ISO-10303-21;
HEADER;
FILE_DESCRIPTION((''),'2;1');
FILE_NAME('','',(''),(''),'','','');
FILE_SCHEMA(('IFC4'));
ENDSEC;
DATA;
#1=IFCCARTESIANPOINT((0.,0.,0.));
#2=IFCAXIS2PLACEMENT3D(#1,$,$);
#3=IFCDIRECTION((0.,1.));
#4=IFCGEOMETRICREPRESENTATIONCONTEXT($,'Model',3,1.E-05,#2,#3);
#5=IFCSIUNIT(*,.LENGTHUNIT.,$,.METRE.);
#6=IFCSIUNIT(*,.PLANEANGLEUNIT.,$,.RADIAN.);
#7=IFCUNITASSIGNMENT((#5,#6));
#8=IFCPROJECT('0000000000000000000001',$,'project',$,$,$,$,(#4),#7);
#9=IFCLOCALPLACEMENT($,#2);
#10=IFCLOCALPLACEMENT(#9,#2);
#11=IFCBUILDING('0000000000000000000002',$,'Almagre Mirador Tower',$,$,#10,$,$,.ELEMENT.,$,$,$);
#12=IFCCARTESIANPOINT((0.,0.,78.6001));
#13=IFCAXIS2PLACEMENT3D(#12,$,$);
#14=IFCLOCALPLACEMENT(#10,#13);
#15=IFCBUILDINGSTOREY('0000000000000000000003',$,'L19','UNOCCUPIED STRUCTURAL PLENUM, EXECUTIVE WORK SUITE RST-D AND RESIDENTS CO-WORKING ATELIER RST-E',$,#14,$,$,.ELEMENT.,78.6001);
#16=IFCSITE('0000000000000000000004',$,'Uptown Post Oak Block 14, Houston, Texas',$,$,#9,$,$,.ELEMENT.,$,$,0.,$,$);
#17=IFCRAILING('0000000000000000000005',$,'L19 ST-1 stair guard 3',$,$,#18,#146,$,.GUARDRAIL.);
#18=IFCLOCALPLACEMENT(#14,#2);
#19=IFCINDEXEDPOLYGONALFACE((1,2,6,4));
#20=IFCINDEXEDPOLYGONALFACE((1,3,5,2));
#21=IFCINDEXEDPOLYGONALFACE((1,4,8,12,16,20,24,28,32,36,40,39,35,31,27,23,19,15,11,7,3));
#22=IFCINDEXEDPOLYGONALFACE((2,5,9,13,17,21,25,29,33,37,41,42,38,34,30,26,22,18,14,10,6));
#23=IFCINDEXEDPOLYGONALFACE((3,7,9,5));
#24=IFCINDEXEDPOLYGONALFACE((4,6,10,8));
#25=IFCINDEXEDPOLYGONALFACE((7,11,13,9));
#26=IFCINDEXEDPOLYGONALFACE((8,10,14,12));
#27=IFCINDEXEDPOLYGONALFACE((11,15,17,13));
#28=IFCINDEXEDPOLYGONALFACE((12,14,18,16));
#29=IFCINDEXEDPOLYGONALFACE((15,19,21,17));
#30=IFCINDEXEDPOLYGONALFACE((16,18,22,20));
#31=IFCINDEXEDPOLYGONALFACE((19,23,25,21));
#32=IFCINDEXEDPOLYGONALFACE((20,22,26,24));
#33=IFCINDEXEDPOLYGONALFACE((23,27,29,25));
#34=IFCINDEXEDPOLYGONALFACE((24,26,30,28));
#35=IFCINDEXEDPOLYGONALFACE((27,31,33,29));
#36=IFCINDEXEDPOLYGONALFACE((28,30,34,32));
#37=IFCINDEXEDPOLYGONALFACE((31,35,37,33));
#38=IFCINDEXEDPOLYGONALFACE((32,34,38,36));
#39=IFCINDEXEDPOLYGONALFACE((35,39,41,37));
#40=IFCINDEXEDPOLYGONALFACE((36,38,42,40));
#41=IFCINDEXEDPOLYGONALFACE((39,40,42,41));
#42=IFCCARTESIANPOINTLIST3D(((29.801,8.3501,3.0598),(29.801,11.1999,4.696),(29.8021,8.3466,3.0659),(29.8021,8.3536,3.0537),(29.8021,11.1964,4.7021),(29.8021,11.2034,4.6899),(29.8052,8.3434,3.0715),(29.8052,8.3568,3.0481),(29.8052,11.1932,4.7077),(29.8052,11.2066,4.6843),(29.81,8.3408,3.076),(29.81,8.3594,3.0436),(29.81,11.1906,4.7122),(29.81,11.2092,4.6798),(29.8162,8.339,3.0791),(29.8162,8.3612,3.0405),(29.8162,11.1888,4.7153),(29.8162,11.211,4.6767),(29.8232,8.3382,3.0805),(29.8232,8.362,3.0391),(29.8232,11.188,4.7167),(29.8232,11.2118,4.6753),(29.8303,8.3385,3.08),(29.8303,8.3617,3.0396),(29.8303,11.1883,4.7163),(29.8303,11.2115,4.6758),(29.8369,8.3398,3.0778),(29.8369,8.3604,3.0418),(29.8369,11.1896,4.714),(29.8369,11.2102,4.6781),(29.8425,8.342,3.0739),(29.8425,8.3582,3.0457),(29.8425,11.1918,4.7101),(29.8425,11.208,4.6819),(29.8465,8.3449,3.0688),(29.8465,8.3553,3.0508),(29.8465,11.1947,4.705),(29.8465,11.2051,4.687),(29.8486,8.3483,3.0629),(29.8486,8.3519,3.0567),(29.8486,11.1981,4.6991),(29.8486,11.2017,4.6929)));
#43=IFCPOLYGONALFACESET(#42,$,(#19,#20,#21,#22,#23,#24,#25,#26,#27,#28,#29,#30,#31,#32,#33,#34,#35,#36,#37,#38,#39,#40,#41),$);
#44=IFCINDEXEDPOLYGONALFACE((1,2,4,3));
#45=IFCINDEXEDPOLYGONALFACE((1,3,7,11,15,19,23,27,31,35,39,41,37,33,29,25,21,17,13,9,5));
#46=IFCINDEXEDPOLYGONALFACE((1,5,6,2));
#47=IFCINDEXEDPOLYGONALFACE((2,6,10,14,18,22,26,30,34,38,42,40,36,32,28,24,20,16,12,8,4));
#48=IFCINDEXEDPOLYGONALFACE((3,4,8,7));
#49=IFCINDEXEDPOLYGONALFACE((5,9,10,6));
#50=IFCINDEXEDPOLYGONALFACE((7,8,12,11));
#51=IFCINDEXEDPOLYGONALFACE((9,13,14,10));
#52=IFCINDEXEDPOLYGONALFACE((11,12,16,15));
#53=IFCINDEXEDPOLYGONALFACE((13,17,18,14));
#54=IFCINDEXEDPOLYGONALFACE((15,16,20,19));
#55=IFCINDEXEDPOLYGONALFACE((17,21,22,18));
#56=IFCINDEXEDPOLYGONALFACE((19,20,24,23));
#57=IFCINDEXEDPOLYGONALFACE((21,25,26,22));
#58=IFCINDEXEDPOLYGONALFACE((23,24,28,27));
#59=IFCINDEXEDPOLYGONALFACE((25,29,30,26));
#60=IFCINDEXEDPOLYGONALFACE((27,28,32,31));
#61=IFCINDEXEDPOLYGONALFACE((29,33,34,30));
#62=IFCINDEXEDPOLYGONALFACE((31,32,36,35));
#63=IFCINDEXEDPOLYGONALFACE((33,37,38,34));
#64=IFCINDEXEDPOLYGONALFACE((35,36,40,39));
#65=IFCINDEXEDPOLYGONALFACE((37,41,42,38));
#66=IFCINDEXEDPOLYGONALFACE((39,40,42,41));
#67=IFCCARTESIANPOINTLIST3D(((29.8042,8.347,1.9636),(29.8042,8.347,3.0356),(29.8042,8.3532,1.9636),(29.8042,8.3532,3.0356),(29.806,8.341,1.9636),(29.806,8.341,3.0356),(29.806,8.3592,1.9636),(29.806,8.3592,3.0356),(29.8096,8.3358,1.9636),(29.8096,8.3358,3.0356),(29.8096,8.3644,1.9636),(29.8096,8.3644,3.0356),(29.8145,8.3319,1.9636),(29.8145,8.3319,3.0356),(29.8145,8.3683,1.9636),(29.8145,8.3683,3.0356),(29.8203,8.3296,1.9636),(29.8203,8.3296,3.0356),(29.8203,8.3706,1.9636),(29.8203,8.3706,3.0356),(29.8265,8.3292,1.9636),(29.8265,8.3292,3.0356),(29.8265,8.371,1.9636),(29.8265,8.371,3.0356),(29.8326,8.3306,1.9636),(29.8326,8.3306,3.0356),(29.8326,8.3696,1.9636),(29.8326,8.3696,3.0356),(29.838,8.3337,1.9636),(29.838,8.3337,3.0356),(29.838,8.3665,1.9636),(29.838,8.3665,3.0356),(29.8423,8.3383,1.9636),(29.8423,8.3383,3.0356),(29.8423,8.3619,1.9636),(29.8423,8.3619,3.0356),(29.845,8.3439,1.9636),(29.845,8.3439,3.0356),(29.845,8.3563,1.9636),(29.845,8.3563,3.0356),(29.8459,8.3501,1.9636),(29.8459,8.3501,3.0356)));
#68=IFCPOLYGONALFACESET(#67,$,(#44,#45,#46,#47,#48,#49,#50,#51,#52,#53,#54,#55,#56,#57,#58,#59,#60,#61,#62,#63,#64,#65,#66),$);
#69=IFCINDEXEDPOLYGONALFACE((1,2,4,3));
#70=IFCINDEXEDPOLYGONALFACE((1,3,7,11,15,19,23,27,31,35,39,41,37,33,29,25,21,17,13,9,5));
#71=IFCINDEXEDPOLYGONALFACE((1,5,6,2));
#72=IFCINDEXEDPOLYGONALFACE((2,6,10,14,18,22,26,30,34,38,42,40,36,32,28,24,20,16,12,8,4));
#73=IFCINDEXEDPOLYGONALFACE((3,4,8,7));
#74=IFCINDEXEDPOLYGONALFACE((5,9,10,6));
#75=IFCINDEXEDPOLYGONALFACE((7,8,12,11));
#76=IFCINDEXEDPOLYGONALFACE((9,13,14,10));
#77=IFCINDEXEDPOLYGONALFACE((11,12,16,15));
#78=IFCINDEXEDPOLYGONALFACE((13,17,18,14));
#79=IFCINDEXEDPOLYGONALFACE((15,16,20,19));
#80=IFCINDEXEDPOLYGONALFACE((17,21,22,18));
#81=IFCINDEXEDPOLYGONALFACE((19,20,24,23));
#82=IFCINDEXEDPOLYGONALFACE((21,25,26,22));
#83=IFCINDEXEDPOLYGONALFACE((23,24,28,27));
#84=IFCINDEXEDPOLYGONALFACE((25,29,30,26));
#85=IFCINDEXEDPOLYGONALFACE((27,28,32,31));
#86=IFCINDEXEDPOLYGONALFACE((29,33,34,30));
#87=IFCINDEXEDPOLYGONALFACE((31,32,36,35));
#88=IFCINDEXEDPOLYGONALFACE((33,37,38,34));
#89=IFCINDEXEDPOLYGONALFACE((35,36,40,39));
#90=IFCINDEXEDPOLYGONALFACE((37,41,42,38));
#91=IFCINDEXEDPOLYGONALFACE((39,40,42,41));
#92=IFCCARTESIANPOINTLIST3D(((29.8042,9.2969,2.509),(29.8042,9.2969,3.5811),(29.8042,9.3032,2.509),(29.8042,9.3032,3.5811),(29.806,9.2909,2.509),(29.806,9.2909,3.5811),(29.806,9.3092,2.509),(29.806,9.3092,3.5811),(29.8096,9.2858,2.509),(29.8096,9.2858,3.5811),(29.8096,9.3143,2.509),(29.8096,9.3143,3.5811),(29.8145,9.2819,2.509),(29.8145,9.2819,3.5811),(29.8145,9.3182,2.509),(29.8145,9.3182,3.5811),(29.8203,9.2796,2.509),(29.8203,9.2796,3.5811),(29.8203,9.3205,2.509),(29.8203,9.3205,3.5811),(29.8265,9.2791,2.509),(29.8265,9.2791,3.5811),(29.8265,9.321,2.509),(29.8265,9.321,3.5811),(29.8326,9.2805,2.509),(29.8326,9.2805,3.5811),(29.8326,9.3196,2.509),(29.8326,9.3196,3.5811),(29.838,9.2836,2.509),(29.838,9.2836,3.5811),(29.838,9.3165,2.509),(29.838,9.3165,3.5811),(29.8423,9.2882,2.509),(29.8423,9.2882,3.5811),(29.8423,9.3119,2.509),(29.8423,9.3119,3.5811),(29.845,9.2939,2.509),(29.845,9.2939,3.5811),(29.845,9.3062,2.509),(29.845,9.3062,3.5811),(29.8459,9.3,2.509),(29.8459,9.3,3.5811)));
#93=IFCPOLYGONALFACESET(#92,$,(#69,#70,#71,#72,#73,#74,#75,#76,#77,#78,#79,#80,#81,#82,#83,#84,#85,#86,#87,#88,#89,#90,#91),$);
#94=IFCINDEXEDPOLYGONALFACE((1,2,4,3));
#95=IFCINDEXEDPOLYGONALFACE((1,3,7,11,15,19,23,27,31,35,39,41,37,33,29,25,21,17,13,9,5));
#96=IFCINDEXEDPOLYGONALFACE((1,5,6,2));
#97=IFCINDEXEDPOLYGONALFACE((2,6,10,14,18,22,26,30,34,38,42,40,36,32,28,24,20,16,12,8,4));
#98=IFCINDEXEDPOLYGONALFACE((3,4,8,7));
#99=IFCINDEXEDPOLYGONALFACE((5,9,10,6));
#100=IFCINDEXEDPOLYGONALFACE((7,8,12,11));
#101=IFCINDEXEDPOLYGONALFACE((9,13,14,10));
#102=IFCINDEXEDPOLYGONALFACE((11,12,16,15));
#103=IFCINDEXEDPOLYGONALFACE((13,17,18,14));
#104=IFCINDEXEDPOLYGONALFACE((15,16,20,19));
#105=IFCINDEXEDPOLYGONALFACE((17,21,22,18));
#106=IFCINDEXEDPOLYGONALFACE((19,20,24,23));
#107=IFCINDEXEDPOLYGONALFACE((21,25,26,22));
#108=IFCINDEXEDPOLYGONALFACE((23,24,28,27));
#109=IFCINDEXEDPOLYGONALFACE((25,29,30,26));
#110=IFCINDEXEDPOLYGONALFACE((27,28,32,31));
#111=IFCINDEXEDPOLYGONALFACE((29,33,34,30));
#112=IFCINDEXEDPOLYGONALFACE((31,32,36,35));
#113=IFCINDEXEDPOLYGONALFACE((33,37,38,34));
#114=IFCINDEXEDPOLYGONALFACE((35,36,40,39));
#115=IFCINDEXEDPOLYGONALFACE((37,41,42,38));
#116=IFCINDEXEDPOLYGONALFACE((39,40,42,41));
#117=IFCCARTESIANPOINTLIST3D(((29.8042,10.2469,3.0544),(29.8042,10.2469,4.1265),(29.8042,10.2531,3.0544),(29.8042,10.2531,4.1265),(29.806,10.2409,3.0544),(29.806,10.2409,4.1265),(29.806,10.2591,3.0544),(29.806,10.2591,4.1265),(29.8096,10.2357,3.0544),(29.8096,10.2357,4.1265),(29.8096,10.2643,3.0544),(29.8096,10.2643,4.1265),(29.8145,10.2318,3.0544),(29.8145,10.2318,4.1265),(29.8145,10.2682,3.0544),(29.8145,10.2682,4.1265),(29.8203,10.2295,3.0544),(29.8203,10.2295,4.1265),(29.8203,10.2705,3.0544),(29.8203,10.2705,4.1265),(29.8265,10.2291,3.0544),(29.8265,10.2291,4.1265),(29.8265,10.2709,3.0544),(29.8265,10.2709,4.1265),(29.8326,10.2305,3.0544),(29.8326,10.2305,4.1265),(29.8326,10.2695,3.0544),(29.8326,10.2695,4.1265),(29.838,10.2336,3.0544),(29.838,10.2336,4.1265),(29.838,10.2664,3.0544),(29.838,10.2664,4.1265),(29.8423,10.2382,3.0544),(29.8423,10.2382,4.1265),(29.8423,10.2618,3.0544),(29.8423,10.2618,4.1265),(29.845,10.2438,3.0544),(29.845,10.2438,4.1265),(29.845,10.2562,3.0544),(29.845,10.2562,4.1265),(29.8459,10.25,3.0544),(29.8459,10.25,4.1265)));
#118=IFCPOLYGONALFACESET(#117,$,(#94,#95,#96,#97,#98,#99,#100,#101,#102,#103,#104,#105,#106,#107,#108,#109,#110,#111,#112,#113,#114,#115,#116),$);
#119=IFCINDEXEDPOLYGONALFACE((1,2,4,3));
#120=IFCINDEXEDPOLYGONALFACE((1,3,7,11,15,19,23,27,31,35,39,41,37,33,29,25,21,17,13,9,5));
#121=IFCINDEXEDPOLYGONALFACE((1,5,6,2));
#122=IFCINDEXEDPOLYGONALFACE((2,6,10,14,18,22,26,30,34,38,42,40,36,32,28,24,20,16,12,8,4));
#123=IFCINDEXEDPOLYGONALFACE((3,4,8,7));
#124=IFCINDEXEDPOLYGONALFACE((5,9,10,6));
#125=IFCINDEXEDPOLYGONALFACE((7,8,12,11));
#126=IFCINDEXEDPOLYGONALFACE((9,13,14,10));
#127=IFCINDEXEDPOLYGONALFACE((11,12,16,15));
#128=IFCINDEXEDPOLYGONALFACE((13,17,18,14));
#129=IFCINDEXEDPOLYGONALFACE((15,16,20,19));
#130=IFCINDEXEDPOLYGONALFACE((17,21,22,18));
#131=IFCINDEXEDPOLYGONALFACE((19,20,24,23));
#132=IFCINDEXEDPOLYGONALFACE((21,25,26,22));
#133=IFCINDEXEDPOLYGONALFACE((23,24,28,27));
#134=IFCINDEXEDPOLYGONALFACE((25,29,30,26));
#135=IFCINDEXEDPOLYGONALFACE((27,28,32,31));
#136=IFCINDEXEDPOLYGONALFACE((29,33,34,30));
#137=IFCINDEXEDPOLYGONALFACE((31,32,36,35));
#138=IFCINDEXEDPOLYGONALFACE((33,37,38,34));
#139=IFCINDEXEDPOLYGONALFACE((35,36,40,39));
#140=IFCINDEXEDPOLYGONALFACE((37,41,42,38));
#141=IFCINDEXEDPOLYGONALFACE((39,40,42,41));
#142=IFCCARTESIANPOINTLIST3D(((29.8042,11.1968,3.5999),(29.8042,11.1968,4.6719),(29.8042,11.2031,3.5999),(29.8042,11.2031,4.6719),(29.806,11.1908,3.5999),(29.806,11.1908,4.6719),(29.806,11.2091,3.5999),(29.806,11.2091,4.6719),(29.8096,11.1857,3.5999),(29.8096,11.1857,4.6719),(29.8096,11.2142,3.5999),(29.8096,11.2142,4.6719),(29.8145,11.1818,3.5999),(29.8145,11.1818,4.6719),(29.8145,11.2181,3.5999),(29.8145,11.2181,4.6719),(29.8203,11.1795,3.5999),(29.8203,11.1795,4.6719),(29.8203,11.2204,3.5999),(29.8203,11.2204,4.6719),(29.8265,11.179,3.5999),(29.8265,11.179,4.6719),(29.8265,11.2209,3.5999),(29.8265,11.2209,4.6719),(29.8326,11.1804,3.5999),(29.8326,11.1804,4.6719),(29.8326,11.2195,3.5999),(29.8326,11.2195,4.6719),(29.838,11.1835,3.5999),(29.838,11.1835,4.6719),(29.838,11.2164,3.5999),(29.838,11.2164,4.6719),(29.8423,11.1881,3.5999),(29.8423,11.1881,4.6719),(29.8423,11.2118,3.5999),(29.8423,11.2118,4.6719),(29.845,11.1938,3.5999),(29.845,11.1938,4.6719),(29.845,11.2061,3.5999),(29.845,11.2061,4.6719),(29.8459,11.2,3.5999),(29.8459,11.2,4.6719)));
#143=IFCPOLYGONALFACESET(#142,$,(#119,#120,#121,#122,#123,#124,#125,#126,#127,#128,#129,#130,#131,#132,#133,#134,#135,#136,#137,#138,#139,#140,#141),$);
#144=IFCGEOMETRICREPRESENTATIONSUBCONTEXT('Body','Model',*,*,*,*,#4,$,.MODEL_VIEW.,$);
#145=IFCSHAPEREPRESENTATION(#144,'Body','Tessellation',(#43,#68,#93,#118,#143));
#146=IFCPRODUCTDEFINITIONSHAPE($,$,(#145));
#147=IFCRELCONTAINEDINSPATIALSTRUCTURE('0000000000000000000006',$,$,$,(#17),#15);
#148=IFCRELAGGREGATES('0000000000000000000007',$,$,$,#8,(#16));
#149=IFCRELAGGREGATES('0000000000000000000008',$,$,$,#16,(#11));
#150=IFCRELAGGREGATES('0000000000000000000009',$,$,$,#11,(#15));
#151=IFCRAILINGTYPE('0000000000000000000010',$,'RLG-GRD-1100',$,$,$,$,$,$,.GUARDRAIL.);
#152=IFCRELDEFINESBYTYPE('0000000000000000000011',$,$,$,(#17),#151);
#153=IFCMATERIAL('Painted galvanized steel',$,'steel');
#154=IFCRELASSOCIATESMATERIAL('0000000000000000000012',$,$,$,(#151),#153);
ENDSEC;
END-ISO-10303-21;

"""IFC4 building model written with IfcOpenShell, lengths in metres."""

from ifc_helpers import new_model, si_unit, direction, frame, origin, origin_2d, place, context, subcontext, project, spatial, circle, extrude, material, type_object, element, save


model = new_model("IFC4")

# Units and contexts
model_context = context("Model", 3, precision=1e-05, world=origin(), true_north=direction((0.0, 1.0)))
body_context = subcontext(model_context, "Body", "Model", "MODEL_VIEW")
ifc_project = project(units=[si_unit("LENGTHUNIT", "METRE"), si_unit("PLANEANGLEUNIT", "RADIAN")], contexts=[model_context])

# Site, building, storey
site_placement = place(None, origin())
site = spatial("IfcSite", under=ifc_project, at=site_placement, Name="Uptown Post Oak Block 14, Houston, Texas", CompositionType="ELEMENT", RefElevation=0.0)
building_placement = place(site_placement, origin())
building = spatial("IfcBuilding", under=site, at=building_placement, Name="Almagre Mirador Tower", CompositionType="ELEMENT")
storey_placement = place(building_placement, frame((0.0, 0.0, 78.6001)))
storey = spatial("IfcBuildingStorey", under=building, at=storey_placement, Name="L19", Description="UNOCCUPIED STRUCTURAL PLENUM, EXECUTIVE WORK SUITE RST-D AND RESIDENTS CO-WORKING ATELIER RST-E", CompositionType="ELEMENT", Elevation=78.6001)

# Railing
ifc_material_1 = material(Name="Painted galvanized steel", Category="steel")
railing_type_1 = type_object("IfcRailingType", Name="RLG-GRD-1100", PredefinedType="GUARDRAIL", material=ifc_material_1)
railing_1_placement = place(storey_placement, frame((29.825, 8.3501, 1.9636)))
element("IfcRailing", 1, at=railing_1_placement, inside=storey, type_object=railing_type_1, Name="L19 ST-1 stair guard 3", PredefinedType="GUARDRAIL", context=body_context, shape_type="SweptSolid", body=[
    extrude(circle(Radius=0.0239, at=origin_2d()), frame((0.0, 0.0, 1.0962), z_axis=(0.0, 0.867226, 0.497914), x_axis=(-1.0, 0.0, 0.0)), (0.0, 0.0, 1.0), 3.2861),
    extrude(circle(Radius=0.021, at=origin_2d()), origin(), (0.0, 0.0, 1.0), 1.072),
    extrude(circle(Radius=0.021, at=origin_2d()), frame((0.0, 0.95, 0.5454)), (0.0, 0.0, 1.0), 1.072),
    extrude(circle(Radius=0.021, at=origin_2d()), frame((0.0, 1.8999, 1.0908)), (0.0, 0.0, 1.0), 1.072),
    extrude(circle(Radius=0.021, at=origin_2d()), frame((0.0, 2.8499, 1.6362)), (0.0, 0.0, 1.0), 1.072),
])

save(model, "model.ifc")
